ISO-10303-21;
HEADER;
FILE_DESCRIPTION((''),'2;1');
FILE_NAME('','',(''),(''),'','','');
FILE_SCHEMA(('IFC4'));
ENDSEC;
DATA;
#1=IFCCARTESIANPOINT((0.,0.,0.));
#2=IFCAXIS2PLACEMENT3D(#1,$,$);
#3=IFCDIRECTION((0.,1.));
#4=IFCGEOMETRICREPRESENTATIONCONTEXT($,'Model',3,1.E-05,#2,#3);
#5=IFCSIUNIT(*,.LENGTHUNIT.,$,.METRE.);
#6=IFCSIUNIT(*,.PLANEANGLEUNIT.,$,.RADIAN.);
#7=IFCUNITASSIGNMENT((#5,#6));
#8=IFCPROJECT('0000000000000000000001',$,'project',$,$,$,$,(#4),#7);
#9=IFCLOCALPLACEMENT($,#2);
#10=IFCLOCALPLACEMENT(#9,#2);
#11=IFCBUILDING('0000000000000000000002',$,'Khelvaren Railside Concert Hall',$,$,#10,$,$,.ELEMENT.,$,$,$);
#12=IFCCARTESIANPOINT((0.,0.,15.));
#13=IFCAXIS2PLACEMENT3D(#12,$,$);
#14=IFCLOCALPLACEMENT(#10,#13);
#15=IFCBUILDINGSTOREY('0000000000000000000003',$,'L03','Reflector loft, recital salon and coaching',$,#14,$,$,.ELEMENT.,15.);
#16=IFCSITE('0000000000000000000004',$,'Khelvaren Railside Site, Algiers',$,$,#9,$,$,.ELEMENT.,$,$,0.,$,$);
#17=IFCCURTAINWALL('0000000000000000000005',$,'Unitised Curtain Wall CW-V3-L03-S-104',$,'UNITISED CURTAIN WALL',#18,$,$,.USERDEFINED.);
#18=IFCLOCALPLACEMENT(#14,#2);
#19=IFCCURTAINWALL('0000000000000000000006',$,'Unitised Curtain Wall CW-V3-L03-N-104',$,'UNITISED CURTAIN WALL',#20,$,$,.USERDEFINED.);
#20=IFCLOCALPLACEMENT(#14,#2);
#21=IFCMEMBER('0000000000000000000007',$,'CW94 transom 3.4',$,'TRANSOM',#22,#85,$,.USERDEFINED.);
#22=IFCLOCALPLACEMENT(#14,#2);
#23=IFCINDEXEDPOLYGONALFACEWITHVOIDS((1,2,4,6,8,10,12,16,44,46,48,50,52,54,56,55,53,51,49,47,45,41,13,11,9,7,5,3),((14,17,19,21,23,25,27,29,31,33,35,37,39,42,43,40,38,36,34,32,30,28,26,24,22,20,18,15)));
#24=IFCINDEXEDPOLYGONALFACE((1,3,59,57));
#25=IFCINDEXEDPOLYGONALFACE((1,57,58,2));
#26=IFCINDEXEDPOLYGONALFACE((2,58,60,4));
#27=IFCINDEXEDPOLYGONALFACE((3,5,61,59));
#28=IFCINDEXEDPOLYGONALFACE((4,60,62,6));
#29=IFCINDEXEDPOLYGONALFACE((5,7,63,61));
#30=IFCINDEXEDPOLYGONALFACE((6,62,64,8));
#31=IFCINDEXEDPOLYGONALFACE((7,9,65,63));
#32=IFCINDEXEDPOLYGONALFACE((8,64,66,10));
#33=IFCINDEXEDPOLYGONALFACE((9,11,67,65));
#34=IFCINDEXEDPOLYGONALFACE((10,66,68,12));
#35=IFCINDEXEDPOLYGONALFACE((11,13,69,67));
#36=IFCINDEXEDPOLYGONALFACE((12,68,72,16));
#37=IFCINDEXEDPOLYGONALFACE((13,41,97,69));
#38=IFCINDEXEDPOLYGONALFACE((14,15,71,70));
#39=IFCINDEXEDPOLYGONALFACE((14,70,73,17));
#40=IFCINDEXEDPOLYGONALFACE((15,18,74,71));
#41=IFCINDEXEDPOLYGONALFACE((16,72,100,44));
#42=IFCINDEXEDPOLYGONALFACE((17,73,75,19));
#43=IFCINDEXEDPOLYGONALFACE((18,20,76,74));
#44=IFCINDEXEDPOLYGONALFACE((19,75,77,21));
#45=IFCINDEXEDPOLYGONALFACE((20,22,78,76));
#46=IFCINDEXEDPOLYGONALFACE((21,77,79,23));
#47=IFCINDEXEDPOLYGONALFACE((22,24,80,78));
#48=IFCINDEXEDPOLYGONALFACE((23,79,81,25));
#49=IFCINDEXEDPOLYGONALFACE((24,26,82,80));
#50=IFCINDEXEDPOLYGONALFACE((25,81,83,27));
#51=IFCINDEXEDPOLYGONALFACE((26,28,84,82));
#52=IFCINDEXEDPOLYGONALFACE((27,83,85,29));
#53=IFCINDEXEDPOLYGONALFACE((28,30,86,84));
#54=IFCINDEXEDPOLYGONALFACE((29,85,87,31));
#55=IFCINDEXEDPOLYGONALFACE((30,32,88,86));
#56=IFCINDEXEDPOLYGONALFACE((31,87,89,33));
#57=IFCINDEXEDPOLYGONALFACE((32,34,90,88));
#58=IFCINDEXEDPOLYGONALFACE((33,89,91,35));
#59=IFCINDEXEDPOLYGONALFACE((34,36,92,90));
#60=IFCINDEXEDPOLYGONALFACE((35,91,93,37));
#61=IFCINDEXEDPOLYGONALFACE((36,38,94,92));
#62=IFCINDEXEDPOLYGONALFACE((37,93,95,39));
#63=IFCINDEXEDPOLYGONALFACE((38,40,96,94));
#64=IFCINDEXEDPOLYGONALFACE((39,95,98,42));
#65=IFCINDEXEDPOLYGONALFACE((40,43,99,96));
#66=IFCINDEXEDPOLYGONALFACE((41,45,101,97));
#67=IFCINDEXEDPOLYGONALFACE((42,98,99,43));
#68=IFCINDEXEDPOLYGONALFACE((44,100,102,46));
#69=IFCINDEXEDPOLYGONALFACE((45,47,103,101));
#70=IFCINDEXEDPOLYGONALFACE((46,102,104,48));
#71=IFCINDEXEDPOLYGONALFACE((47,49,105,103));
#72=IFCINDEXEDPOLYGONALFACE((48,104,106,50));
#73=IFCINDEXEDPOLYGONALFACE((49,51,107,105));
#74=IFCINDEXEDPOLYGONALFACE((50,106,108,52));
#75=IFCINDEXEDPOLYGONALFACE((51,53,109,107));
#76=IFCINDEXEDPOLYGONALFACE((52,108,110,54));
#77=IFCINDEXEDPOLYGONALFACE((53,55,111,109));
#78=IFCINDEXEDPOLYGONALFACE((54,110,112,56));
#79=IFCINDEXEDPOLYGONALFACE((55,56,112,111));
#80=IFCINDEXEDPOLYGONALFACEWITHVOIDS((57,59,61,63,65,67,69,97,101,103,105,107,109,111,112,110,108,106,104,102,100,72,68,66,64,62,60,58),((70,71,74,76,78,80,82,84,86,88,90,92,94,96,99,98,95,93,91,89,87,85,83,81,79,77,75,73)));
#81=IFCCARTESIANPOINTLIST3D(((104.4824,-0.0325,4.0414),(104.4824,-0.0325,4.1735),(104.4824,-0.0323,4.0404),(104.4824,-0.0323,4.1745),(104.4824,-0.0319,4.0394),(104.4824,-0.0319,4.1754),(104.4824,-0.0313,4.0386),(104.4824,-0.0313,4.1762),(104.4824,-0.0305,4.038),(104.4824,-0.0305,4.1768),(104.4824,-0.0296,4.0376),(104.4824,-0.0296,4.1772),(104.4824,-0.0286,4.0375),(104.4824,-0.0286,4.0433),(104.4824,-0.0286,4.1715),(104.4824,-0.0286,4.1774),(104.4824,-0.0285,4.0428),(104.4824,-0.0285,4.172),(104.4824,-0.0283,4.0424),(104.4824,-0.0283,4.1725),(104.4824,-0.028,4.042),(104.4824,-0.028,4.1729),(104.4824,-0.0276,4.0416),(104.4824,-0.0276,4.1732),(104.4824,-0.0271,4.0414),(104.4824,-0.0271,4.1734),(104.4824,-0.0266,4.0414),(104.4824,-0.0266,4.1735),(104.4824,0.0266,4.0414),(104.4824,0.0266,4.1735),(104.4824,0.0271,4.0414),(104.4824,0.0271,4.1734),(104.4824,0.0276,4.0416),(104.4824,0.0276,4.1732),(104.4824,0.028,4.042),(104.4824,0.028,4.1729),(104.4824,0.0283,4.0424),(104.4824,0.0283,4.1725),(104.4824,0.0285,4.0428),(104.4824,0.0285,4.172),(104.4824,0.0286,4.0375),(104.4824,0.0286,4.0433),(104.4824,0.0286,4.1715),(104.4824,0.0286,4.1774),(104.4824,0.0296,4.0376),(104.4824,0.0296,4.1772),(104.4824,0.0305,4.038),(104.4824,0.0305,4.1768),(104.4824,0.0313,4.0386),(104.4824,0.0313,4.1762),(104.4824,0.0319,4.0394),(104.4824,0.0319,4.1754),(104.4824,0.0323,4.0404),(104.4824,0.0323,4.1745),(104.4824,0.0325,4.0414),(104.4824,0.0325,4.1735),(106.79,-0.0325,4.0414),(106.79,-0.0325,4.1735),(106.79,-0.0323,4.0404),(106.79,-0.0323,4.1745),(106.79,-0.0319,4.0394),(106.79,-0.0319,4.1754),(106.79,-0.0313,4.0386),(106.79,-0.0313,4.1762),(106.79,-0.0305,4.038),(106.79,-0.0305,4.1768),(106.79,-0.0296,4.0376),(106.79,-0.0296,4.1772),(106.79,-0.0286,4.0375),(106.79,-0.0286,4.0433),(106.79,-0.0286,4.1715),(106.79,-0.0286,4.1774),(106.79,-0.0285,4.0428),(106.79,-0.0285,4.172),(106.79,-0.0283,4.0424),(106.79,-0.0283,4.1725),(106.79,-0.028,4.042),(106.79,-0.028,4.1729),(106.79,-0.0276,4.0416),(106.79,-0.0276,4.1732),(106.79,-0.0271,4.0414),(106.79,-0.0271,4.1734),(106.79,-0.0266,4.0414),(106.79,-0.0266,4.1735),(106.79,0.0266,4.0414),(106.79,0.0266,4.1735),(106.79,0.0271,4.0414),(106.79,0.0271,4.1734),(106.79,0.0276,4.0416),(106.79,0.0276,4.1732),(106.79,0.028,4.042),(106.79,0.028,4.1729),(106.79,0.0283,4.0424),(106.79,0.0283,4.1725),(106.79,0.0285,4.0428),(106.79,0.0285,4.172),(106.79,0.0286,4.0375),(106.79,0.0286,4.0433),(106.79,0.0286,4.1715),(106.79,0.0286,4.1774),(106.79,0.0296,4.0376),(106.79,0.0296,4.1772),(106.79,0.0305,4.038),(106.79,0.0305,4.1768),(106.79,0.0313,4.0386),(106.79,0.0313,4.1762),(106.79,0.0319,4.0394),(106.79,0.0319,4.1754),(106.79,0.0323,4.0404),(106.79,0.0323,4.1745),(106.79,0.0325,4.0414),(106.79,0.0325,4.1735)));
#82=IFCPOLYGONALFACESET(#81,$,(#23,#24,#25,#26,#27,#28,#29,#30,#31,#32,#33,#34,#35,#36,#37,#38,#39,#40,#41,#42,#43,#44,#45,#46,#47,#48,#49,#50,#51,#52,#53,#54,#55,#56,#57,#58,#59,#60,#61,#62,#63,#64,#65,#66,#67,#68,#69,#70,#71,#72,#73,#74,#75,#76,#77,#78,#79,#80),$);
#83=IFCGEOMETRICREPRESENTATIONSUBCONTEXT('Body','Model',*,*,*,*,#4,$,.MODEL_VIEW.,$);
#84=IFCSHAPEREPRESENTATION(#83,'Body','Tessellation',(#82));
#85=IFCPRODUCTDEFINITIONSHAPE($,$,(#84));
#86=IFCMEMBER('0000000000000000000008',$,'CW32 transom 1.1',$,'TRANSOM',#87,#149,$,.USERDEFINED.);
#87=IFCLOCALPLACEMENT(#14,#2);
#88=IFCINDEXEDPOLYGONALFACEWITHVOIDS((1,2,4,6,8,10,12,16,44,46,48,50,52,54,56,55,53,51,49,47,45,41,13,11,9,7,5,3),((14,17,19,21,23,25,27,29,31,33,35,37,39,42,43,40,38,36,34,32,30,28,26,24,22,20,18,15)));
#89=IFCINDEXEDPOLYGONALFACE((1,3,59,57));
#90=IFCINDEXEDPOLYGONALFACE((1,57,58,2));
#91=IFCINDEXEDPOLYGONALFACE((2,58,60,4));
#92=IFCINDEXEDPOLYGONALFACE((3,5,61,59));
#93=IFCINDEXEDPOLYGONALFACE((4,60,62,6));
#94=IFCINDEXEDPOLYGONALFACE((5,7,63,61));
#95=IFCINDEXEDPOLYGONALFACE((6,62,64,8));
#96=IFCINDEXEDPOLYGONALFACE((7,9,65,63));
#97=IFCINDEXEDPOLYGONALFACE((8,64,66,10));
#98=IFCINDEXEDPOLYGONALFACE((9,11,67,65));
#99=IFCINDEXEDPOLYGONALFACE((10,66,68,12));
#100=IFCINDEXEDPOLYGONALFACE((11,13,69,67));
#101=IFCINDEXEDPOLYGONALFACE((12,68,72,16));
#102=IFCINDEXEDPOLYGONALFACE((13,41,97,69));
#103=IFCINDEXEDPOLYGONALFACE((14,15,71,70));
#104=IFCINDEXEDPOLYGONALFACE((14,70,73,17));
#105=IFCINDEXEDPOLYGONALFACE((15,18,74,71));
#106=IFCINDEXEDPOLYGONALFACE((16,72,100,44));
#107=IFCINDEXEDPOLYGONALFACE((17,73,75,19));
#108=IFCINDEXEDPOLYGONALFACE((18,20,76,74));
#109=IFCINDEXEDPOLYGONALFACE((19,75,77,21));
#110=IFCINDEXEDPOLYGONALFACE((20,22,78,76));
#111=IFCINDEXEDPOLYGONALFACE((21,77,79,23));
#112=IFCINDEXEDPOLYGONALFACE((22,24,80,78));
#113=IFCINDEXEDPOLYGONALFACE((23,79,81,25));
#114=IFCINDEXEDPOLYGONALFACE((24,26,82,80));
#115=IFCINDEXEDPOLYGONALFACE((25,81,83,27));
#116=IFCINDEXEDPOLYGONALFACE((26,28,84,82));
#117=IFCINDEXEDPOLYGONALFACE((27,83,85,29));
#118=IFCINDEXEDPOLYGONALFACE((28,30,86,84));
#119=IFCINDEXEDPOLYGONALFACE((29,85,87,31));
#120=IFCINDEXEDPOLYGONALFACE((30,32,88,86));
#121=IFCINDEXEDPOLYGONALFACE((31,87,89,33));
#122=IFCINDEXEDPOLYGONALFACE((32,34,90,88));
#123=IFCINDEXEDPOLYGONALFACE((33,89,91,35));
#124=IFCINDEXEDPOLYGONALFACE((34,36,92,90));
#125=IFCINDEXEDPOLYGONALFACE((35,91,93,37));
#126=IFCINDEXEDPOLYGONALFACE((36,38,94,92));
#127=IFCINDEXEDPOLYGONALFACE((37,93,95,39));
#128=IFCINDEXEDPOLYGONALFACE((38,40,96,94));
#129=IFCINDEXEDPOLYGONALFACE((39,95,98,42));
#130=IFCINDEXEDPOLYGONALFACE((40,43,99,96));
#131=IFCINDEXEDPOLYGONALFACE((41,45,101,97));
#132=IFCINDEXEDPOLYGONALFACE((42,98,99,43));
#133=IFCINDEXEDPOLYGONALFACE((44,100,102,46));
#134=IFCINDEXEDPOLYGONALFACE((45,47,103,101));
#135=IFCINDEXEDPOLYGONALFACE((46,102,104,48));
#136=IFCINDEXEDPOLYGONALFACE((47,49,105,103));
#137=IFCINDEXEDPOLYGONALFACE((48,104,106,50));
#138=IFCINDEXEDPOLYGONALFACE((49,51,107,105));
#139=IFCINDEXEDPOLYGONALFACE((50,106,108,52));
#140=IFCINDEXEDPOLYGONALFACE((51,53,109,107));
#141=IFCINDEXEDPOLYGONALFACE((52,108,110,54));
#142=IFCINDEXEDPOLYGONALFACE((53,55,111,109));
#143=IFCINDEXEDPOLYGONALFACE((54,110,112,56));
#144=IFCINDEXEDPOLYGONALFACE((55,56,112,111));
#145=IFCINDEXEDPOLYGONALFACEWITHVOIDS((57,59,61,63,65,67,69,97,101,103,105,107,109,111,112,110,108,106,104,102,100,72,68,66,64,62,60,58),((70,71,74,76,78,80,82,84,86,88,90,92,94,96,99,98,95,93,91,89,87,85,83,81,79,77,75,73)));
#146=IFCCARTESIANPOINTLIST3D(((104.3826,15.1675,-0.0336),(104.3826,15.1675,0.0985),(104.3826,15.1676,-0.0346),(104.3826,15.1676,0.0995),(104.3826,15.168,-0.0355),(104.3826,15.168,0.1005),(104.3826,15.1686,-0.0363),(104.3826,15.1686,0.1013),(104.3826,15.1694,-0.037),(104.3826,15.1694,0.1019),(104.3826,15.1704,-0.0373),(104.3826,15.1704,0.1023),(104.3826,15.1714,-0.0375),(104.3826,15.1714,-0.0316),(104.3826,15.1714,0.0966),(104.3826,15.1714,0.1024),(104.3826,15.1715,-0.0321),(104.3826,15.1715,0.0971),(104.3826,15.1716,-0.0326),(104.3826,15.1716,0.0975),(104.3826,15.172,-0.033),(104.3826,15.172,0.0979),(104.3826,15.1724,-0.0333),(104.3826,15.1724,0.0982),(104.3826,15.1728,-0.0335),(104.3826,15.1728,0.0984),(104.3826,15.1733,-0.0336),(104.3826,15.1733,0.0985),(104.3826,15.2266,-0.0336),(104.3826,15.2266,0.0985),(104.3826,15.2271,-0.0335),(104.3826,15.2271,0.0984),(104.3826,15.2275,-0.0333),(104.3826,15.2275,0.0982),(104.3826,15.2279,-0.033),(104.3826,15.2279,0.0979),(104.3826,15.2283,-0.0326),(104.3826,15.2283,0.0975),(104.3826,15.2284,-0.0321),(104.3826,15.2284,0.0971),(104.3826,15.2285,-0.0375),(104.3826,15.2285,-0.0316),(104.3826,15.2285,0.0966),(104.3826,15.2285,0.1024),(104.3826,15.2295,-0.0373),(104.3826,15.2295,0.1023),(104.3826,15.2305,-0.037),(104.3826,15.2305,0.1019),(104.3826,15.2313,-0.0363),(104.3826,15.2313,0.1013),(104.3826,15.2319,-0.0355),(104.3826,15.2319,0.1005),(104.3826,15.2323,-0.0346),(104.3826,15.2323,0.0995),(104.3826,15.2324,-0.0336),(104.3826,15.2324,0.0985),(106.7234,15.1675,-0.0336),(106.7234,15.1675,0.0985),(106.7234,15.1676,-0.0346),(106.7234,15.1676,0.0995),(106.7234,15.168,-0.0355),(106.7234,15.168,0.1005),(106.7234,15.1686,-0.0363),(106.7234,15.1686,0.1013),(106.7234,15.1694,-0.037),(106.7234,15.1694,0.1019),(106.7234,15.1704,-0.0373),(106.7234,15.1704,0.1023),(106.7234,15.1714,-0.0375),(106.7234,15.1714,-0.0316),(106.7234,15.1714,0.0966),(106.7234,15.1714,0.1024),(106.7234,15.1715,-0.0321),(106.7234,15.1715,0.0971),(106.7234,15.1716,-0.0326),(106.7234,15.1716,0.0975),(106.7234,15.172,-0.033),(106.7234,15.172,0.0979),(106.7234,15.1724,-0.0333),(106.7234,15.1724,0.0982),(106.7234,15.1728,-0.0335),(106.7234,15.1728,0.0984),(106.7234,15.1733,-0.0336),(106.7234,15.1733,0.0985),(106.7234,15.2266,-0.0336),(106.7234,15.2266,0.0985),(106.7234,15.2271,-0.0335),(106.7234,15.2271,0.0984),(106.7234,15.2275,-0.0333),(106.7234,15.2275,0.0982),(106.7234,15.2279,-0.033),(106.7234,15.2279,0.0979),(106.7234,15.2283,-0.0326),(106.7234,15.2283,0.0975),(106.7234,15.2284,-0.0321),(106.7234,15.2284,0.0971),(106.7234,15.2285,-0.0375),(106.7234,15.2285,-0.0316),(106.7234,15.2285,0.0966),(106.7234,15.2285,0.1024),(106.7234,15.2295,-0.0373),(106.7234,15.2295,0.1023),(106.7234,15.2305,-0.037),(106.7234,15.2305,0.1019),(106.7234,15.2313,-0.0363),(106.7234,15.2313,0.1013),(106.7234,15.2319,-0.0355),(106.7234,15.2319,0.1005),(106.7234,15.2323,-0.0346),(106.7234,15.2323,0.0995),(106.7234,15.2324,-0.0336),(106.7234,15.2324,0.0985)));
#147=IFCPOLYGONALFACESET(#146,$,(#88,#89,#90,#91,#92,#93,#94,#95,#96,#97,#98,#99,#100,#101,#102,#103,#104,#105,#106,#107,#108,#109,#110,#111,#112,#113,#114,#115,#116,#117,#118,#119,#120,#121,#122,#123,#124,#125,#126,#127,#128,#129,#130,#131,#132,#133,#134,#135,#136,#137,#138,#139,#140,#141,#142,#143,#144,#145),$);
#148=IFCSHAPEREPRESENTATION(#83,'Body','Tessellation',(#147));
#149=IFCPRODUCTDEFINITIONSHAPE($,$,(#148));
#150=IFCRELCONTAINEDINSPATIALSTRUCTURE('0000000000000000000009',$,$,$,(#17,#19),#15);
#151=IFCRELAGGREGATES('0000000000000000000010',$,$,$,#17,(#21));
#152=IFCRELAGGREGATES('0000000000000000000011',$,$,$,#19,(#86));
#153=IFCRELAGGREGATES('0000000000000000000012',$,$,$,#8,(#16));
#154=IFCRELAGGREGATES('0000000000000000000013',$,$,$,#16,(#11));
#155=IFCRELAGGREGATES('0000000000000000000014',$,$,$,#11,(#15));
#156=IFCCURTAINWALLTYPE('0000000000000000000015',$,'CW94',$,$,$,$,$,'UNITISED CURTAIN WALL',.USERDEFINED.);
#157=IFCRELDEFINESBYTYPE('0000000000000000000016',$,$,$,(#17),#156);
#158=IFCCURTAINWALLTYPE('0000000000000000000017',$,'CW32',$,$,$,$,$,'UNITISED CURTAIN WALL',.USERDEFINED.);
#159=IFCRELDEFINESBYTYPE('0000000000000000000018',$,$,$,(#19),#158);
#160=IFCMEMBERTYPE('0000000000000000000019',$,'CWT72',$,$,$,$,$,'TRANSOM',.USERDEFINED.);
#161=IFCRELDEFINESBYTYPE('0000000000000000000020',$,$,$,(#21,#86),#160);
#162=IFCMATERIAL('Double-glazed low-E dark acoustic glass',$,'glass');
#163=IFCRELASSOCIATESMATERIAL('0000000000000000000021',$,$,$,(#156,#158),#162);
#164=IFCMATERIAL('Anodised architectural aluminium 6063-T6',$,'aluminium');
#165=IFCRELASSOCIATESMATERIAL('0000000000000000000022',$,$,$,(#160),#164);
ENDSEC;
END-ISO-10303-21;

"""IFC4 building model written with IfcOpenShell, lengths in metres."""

from ifc_helpers import new_model, si_unit, direction, frame, origin, origin_2d, place, context, subcontext, project, spatial, hollow_rectangle, extrude, material, material_profile, profile_set, type_object, element, aggregate, save


model = new_model("IFC4")

# Units and contexts
model_context = context("Model", 3, precision=1e-05, world=origin(), true_north=direction((0.0, 1.0)))
body_context = subcontext(model_context, "Body", "Model", "MODEL_VIEW")
ifc_project = project(units=[si_unit("LENGTHUNIT", "METRE"), si_unit("PLANEANGLEUNIT", "RADIAN")], contexts=[model_context])

# Site, building, storey
site_placement = place(None, origin())
site = spatial("IfcSite", under=ifc_project, at=site_placement, Name="Khelvaren Railside Site, Algiers", CompositionType="ELEMENT", RefElevation=0.0)
building_placement = place(site_placement, origin())
building = spatial("IfcBuilding", under=site, at=building_placement, Name="Khelvaren Railside Concert Hall", CompositionType="ELEMENT")
storey_placement = place(building_placement, frame((0.0, 0.0, 15.0)))
storey = spatial("IfcBuildingStorey", under=building, at=storey_placement, Name="L03", Description="Reflector loft, recital salon and coaching", CompositionType="ELEMENT", Elevation=15.0)

# Curtain walls
ifc_material_1 = material(Name="Double-glazed low-E dark acoustic glass", Category="glass")
curtain_wall_type_1 = type_object("IfcCurtainWallType", Name="CW94", ElementType="UNITISED CURTAIN WALL", PredefinedType="USERDEFINED", material=ifc_material_1)
curtain_wall_1_placement = place(storey_placement, origin())
curtain_wall_1 = element("IfcCurtainWall", 1, at=curtain_wall_1_placement, inside=storey, type_object=curtain_wall_type_1, Name="Unitised Curtain Wall CW-V3-L03-S-104", ObjectType="UNITISED CURTAIN WALL", PredefinedType="USERDEFINED")
ifc_material_2 = material(Name="Anodised architectural aluminium 6063-T6", Category="aluminium")
curtain_wall_type_2 = type_object("IfcCurtainWallType", Name="CW32", ElementType="UNITISED CURTAIN WALL", PredefinedType="USERDEFINED", material=ifc_material_1)
curtain_wall_2_placement = place(storey_placement, origin())
curtain_wall_2 = element("IfcCurtainWall", 2, at=curtain_wall_2_placement, inside=storey, type_object=curtain_wall_type_2, Name="Unitised Curtain Wall CW-V3-L03-N-104", ObjectType="UNITISED CURTAIN WALL", PredefinedType="USERDEFINED")

# Members
ifc_material_profile_1 = material_profile(ifc_material_2, hollow_rectangle(XDim=0.0649, YDim=0.1399, WallThickness=0.0039, InnerFilletRadius=0.002, OuterFilletRadius=0.0039, at=origin_2d()), Name="CWT 65x140x4")
ifc_profile_set_1 = profile_set([ifc_material_profile_1], Name="Anodised architectural aluminium 6063-T6")
member_type_1 = type_object("IfcMemberType", Name="CWT72", ElementType="TRANSOM", PredefinedType="USERDEFINED", material=ifc_profile_set_1)
member_1_placement = place(storey_placement, frame((106.79, 0.0, 4.1074), z_axis=(-1.0, 0.0, 0.0), x_axis=(0.0, -1.0, 0.0)))
member_1 = element("IfcMember", 3, at=member_1_placement, type_object=member_type_1, Name="CW94 transom 3.4", ObjectType="TRANSOM", PredefinedType="USERDEFINED", context=body_context, shape_type="SweptSolid", body=[
    extrude(hollow_rectangle(XDim=0.0649, YDim=0.1399, WallThickness=0.0039, InnerFilletRadius=0.002, OuterFilletRadius=0.0039, at=origin_2d()), origin(), (0.0, 0.0, 1.0), 2.3076),
])
member_2_placement = place(storey_placement, frame((104.3826, 15.2, 0.0325), z_axis=(1.0, 0.0, 0.0), x_axis=(0.0, 1.0, 0.0)))
member_2 = element("IfcMember", 4, at=member_2_placement, type_object=member_type_1, Name="CW32 transom 1.1", ObjectType="TRANSOM", PredefinedType="USERDEFINED", context=body_context, shape_type="SweptSolid", body=[
    extrude(hollow_rectangle(XDim=0.0649, YDim=0.1399, WallThickness=0.0039, InnerFilletRadius=0.002, OuterFilletRadius=0.0039, at=origin_2d()), origin(), (0.0, 0.0, 1.0), 2.3408),
])

aggregate(curtain_wall_1, [member_1])
aggregate(curtain_wall_2, [member_2])

save(model, "model.ifc")
